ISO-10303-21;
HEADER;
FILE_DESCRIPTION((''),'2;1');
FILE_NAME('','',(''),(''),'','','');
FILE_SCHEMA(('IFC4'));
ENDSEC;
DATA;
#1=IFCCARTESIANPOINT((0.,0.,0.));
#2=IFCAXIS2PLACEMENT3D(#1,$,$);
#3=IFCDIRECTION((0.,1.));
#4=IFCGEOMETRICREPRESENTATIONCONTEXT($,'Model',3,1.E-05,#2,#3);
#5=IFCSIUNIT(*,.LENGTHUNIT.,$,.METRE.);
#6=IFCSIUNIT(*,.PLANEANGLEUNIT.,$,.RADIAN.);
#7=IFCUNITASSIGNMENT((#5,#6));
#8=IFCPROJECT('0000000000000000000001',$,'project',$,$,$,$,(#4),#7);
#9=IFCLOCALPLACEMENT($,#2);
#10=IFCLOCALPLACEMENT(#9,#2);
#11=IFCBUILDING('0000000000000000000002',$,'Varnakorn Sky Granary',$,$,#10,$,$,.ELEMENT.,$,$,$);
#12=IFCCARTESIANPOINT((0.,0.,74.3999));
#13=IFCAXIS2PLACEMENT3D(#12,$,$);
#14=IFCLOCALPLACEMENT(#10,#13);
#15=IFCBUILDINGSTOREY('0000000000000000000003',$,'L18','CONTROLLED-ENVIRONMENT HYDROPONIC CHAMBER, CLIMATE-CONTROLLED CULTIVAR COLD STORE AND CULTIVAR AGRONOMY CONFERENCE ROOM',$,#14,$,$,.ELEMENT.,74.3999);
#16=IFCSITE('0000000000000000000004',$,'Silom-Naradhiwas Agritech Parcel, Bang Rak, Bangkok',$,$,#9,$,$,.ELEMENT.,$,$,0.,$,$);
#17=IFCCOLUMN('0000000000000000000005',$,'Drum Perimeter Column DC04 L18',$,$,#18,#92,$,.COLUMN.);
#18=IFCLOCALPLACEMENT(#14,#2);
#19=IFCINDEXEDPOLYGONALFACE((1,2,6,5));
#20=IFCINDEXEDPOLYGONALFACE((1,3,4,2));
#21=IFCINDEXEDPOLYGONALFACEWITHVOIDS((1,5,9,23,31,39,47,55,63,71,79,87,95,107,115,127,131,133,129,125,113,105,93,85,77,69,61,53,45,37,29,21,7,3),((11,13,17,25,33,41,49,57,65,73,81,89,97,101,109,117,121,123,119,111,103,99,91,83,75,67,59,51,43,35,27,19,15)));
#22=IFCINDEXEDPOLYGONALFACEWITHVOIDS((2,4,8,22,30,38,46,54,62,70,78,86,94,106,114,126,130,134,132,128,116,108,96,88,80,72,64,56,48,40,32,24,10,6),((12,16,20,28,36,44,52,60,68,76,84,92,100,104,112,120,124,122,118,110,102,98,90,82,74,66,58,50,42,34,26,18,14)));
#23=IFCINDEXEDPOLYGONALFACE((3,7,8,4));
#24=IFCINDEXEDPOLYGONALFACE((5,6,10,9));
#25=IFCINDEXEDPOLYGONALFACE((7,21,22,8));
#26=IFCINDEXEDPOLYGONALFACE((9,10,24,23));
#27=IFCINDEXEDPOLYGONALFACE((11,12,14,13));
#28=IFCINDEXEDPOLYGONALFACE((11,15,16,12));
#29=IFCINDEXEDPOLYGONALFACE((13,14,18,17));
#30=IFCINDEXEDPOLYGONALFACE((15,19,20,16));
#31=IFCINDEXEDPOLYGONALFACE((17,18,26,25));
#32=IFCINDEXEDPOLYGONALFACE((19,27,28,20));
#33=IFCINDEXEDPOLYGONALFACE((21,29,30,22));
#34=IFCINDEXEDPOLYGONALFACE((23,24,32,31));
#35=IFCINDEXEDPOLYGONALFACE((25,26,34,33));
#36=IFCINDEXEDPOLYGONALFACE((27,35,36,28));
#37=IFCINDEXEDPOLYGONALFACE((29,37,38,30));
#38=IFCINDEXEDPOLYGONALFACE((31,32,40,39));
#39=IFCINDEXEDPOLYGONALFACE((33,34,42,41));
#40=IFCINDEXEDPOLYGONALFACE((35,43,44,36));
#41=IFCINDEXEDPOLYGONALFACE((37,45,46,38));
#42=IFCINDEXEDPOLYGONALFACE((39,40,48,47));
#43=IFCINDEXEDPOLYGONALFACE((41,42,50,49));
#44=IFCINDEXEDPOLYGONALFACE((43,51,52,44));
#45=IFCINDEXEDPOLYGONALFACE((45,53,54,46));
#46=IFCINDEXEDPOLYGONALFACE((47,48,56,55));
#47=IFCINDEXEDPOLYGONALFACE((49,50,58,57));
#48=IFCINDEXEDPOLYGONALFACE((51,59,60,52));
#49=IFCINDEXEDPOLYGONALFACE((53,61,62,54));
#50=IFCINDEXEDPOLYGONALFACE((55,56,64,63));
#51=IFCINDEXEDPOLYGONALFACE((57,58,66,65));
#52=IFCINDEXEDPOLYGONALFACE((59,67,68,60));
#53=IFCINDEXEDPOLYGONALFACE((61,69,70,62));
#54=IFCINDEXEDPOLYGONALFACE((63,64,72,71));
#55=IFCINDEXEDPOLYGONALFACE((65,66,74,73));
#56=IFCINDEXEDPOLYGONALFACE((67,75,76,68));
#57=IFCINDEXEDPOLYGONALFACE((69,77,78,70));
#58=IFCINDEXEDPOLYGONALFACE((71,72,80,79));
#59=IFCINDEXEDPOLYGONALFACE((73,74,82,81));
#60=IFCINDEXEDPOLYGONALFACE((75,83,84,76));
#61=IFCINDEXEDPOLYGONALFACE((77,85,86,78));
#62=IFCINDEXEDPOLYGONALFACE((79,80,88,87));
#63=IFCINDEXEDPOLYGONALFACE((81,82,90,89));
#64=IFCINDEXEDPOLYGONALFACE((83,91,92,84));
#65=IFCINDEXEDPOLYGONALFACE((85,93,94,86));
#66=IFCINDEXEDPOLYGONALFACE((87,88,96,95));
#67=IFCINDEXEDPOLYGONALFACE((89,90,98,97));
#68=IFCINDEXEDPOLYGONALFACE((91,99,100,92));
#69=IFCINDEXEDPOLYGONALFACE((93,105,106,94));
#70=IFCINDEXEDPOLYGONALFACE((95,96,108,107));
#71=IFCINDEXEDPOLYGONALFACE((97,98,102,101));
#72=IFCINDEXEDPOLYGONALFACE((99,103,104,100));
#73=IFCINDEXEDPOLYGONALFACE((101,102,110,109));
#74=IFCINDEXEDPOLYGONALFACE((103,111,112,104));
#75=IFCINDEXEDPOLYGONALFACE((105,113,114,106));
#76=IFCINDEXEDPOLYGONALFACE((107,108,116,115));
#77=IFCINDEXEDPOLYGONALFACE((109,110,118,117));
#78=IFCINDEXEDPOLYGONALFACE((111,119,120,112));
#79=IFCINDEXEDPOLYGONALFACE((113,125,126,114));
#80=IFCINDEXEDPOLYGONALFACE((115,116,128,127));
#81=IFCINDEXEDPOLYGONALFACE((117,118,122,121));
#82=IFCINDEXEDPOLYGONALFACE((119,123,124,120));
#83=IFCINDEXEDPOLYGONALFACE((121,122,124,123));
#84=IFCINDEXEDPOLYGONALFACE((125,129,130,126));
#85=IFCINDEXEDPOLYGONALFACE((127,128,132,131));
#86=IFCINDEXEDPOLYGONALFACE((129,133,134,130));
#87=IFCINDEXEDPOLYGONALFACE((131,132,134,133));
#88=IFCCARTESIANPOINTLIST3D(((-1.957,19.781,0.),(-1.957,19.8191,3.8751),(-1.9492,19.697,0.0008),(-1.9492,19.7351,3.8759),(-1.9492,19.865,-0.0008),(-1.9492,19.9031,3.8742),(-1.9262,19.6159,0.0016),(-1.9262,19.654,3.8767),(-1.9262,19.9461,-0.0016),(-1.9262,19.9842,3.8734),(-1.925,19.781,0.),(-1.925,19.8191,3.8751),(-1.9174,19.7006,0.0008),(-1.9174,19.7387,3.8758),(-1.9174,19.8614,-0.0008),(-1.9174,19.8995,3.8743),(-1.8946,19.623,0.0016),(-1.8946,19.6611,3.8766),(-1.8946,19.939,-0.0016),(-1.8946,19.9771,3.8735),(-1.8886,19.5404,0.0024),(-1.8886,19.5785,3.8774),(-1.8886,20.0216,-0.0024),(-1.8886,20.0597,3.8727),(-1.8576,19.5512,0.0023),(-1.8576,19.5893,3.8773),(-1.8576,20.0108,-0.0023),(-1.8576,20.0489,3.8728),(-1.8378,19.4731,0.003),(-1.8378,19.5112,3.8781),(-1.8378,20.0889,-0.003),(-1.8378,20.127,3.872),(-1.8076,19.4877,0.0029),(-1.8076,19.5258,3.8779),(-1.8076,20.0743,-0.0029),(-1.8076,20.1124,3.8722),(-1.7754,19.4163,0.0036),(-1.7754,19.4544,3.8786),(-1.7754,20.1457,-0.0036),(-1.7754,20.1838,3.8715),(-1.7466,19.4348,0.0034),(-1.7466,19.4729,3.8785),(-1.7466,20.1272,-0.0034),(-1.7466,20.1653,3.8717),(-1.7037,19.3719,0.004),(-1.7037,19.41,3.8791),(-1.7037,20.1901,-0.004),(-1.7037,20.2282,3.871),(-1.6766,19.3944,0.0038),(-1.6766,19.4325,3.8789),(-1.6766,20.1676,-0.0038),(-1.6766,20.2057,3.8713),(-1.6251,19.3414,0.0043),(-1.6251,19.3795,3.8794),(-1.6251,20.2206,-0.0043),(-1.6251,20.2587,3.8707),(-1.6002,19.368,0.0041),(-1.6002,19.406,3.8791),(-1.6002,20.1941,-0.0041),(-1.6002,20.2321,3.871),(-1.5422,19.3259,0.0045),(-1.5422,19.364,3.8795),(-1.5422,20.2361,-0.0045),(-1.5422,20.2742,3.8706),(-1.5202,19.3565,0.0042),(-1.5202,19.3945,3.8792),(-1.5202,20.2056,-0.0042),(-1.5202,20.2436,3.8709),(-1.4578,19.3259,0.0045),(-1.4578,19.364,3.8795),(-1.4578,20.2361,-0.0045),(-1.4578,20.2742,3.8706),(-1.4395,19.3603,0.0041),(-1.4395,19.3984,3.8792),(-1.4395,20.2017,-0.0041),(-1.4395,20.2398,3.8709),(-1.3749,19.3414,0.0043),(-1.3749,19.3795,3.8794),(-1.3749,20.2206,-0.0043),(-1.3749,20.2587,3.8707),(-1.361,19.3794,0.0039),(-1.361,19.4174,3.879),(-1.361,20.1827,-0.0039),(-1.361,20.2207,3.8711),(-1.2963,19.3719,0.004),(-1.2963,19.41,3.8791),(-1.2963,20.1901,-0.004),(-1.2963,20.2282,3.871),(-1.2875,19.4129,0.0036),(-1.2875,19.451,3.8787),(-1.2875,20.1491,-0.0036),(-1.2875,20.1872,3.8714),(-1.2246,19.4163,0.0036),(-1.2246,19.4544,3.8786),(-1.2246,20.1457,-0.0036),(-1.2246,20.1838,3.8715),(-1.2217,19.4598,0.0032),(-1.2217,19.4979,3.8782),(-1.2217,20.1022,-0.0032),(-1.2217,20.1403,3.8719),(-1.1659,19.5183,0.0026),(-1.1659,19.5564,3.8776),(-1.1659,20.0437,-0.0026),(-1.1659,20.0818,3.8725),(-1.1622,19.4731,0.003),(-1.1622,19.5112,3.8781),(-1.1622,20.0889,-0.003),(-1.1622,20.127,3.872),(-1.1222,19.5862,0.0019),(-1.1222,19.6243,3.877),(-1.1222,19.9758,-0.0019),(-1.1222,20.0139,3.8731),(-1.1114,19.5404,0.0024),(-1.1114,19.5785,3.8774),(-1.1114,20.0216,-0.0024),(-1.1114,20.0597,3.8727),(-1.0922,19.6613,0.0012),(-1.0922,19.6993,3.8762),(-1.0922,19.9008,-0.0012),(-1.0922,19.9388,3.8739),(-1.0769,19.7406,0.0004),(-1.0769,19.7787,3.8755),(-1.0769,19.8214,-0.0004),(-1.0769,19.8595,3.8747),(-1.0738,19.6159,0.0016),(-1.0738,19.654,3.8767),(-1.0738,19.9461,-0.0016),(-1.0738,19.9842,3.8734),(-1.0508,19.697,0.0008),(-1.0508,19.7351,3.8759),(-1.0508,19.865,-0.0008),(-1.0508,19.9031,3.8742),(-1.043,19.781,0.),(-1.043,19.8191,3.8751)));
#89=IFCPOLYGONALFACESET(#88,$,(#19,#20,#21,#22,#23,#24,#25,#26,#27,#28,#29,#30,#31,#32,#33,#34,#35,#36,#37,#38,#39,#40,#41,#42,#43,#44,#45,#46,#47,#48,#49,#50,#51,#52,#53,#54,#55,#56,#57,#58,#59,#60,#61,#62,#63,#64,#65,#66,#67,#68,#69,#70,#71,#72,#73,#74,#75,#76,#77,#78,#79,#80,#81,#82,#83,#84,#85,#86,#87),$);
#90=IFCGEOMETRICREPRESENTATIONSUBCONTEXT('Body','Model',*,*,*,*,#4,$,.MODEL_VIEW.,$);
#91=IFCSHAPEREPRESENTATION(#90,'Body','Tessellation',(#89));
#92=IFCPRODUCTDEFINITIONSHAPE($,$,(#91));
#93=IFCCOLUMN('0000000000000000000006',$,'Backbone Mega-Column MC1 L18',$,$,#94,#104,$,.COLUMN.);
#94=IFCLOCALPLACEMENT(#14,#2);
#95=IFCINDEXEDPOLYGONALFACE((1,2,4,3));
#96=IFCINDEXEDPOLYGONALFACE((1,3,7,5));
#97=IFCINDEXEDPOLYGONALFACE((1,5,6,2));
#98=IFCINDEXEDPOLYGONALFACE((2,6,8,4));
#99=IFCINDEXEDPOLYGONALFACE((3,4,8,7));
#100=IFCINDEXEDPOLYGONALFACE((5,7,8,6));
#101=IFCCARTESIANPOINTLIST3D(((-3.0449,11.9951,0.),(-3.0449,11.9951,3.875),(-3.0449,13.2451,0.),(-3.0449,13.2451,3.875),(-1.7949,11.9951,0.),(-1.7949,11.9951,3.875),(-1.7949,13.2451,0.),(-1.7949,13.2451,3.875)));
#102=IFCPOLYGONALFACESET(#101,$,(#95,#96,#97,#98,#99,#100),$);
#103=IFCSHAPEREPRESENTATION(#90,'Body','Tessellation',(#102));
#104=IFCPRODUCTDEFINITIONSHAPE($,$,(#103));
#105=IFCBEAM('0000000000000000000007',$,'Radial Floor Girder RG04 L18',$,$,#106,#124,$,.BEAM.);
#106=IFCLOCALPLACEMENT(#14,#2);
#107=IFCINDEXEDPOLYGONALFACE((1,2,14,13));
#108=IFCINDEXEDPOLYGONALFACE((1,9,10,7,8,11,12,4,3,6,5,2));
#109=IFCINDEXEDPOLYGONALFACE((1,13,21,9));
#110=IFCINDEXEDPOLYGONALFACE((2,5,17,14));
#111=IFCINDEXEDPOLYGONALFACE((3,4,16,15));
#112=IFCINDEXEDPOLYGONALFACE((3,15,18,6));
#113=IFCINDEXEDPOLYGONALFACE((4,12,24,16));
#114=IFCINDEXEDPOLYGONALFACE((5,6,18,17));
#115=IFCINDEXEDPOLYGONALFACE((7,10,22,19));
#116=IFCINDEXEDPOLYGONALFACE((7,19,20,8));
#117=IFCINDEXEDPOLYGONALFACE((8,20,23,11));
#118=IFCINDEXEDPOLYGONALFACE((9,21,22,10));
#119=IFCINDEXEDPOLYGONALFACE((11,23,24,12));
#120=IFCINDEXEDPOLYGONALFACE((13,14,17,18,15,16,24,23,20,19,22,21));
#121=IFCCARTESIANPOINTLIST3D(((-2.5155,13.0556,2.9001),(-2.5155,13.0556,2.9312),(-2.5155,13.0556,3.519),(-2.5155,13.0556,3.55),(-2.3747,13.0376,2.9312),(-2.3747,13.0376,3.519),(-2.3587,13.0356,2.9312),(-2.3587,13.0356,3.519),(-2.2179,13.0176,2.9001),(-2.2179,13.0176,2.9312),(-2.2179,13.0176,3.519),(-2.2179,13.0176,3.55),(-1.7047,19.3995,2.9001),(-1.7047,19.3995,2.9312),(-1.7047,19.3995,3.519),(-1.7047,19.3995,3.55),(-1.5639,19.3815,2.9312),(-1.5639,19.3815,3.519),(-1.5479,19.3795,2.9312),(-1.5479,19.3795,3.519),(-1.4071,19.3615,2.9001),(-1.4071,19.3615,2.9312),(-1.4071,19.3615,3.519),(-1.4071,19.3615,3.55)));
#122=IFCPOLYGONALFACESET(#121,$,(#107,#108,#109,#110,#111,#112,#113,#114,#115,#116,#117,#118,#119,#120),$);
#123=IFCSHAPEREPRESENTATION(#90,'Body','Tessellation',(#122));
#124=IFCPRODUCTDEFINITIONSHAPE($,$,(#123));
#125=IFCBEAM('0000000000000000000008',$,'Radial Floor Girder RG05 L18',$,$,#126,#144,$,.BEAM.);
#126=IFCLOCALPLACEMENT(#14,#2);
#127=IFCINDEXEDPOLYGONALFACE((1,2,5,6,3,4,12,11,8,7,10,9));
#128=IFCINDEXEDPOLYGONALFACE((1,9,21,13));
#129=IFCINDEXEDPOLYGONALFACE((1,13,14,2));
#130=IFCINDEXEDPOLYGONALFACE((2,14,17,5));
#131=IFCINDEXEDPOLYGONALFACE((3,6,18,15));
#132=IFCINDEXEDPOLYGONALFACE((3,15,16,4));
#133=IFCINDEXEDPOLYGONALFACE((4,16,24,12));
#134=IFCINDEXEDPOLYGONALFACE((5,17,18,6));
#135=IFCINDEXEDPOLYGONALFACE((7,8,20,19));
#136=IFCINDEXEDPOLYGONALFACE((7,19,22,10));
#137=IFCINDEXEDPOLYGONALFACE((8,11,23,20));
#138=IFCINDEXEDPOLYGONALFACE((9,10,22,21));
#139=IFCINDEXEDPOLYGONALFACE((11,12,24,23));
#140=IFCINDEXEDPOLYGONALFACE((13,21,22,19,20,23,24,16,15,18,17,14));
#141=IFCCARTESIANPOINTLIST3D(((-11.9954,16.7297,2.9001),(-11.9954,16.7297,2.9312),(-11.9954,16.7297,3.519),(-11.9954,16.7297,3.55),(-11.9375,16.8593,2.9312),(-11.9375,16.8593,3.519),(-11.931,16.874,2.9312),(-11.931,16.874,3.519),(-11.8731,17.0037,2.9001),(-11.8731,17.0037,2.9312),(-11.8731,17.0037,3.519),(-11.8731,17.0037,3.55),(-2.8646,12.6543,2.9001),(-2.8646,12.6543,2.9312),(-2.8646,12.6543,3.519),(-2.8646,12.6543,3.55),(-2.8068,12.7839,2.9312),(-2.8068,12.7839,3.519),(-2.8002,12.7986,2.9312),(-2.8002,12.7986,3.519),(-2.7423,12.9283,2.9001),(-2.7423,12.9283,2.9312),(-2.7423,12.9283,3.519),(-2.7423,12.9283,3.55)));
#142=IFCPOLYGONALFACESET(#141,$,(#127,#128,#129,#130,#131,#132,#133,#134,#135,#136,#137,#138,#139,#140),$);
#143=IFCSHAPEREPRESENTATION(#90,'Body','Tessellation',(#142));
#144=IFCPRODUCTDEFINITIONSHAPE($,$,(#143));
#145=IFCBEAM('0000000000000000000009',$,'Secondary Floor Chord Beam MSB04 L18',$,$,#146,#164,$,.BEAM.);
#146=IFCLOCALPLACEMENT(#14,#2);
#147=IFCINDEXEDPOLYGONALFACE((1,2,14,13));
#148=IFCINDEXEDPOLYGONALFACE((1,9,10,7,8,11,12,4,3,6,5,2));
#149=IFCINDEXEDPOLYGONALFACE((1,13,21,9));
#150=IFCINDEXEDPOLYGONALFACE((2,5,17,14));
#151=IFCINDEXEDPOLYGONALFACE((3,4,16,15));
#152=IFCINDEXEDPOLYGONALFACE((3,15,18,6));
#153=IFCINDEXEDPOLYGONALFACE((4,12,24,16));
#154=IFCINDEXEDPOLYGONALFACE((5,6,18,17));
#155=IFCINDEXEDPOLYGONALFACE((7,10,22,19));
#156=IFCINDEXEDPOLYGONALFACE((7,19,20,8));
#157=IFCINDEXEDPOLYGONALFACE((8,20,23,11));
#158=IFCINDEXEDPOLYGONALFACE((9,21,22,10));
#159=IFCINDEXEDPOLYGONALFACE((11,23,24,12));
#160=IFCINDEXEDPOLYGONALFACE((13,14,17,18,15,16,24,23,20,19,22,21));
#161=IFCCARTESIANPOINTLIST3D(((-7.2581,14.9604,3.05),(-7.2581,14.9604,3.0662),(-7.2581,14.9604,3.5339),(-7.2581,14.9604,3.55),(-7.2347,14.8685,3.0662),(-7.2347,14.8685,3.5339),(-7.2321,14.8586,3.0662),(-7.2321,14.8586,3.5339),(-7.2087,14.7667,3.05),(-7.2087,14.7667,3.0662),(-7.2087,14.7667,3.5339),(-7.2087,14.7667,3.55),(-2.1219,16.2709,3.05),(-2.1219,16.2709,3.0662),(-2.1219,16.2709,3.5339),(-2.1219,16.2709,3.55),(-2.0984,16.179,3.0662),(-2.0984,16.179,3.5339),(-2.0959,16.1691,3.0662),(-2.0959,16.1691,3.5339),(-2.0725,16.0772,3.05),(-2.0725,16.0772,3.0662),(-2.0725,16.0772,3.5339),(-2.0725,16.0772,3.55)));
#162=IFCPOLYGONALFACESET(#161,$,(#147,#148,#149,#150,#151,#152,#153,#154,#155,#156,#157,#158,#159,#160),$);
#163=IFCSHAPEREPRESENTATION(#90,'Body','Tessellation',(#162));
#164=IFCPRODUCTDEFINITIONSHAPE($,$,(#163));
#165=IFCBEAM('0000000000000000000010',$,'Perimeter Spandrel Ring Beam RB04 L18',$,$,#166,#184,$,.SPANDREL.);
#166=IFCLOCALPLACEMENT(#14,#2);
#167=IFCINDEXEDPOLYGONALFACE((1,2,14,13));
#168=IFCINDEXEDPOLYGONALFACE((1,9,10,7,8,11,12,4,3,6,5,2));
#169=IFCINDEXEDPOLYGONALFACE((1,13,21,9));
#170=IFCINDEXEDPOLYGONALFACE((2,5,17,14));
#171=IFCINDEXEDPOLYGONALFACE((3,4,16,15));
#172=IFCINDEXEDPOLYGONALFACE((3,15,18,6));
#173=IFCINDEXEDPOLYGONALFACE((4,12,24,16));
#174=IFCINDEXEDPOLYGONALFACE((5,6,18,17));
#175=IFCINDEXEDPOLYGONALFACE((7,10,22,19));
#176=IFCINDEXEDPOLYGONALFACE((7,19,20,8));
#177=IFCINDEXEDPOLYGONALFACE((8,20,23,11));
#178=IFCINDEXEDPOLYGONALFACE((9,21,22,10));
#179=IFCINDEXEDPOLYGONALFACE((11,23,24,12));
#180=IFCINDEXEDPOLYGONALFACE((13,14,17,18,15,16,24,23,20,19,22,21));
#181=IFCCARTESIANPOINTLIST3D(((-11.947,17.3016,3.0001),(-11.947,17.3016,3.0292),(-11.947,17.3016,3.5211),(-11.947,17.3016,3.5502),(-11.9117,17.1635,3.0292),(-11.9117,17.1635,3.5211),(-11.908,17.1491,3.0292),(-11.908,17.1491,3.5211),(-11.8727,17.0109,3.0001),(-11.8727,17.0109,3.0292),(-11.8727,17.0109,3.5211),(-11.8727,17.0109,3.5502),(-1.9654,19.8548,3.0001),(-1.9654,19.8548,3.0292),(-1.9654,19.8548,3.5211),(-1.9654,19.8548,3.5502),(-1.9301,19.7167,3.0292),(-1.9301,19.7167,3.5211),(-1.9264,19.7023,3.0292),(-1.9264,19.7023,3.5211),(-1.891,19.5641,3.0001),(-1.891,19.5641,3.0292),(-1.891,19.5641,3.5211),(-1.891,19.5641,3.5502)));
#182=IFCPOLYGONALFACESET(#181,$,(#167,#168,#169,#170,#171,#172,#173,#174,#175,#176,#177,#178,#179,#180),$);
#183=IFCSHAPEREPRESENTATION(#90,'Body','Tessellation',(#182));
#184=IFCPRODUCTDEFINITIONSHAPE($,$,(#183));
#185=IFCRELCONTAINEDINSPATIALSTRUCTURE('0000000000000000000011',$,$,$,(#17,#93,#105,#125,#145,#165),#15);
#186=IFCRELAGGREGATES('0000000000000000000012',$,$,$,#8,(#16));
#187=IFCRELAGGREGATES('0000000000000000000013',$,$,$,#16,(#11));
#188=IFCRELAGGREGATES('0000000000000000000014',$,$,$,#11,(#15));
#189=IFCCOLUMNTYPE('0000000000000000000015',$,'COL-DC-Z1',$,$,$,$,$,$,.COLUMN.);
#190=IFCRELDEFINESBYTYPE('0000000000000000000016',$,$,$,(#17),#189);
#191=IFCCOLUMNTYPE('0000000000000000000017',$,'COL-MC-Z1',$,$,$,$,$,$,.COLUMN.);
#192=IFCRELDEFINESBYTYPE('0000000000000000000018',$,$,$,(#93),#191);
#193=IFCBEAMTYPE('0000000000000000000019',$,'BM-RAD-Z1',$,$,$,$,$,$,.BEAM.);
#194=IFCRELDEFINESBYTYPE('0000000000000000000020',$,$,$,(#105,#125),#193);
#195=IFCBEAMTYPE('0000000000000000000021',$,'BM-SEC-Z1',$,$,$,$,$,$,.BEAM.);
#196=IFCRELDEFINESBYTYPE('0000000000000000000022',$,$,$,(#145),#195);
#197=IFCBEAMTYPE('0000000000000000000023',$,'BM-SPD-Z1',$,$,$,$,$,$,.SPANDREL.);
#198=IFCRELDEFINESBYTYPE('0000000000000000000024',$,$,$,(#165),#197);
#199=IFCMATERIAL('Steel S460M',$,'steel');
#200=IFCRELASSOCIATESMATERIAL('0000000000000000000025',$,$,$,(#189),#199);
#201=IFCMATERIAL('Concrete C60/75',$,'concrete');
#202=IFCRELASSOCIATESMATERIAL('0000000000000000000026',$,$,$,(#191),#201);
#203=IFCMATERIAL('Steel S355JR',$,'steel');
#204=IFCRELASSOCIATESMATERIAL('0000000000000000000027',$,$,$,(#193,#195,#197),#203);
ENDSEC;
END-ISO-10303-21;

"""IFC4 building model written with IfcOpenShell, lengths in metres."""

from ifc_helpers import new_model, si_unit, direction, frame, origin, origin_2d, place, context, subcontext, project, spatial, rectangle, hollow_circle, i_section, extrude, material, material_profile, profile_set, type_object, element, save


model = new_model("IFC4")

# Units and contexts
model_context = context("Model", 3, precision=1e-05, world=origin(), true_north=direction((0.0, 1.0)))
body_context = subcontext(model_context, "Body", "Model", "MODEL_VIEW")
ifc_project = project(units=[si_unit("LENGTHUNIT", "METRE"), si_unit("PLANEANGLEUNIT", "RADIAN")], contexts=[model_context])

# Site, building, storey
site_placement = place(None, origin())
site = spatial("IfcSite", under=ifc_project, at=site_placement, Name="Silom-Naradhiwas Agritech Parcel, Bang Rak, Bangkok", CompositionType="ELEMENT", RefElevation=0.0)
building_placement = place(site_placement, origin())
building = spatial("IfcBuilding", under=site, at=building_placement, Name="Varnakorn Sky Granary", CompositionType="ELEMENT")
storey_placement = place(building_placement, frame((0.0, 0.0, 74.3999)))
storey = spatial("IfcBuildingStorey", under=building, at=storey_placement, Name="L18", Description="CONTROLLED-ENVIRONMENT HYDROPONIC CHAMBER, CLIMATE-CONTROLLED CULTIVAR COLD STORE AND CULTIVAR AGRONOMY CONFERENCE ROOM", CompositionType="ELEMENT", Elevation=74.3999)

# Columns
ifc_material_1 = material(Name="Steel S460M", Category="steel")
ifc_material_profile_1 = material_profile(ifc_material_1, hollow_circle(Radius=0.457, WallThickness=0.032, at=origin_2d()), Name="CHS 914x32")
ifc_profile_set_1 = profile_set([ifc_material_profile_1], Name="Steel S460M")
column_type_1 = type_object("IfcColumnType", Name="COL-DC-Z1", PredefinedType="COLUMN", material=ifc_profile_set_1)
column_1_placement = place(storey_placement, frame((-1.5, 19.781, 0.0), z_axis=(0.0, 0.009828, 0.999952), x_axis=(-1.0, 0.0, 0.0)))
element("IfcColumn", 1, at=column_1_placement, inside=storey, type_object=column_type_1, Name="Drum Perimeter Column DC04 L18", PredefinedType="COLUMN", context=body_context, shape_type="SweptSolid", body=[
    extrude(hollow_circle(Radius=0.457, WallThickness=0.032, at=origin_2d()), origin(), (0.0, 0.0, 1.0), 3.8752),
])
ifc_material_2 = material(Name="Concrete C60/75", Category="concrete")
ifc_material_profile_2 = material_profile(ifc_material_2, rectangle(XDim=1.25, YDim=1.25, at=origin_2d()), Name="RC 1250x1250")
ifc_profile_set_2 = profile_set([ifc_material_profile_2], Name="Concrete C60/75")
column_type_2 = type_object("IfcColumnType", Name="COL-MC-Z1", PredefinedType="COLUMN", material=ifc_profile_set_2)
column_2_placement = place(storey_placement, frame((-2.4199, 12.6201, 0.0), z_axis=(0.0, 0.0, 1.0), x_axis=(1.0, 0.0, 0.0)))
element("IfcColumn", 2, at=column_2_placement, inside=storey, type_object=column_type_2, Name="Backbone Mega-Column MC1 L18", PredefinedType="COLUMN", context=body_context, shape_type="SweptSolid", body=[
    extrude(rectangle(XDim=1.25, YDim=1.25, at=origin_2d()), origin(), (0.0, 0.0, 1.0), 3.875),
])

# Beams
ifc_material_3 = material(Name="Steel S355JR", Category="steel")
ifc_material_profile_3 = material_profile(ifc_material_3, i_section(OverallWidth=0.3, OverallDepth=0.6499, WebThickness=0.0161, FlangeThickness=0.031, at=origin_2d()), Name="HE 650 B")
ifc_profile_set_3 = profile_set([ifc_material_profile_3], Name="Steel S355JR")
beam_type_1 = type_object("IfcBeamType", Name="BM-RAD-Z1", PredefinedType="BEAM", material=ifc_profile_set_3)
beam_1_placement = place(storey_placement, frame((-2.3667, 13.0366, 3.2251), z_axis=(0.126773, 0.991932, 0.0), x_axis=(-0.991932, 0.126773, 0.0)))
element("IfcBeam", 3, at=beam_1_placement, inside=storey, type_object=beam_type_1, Name="Radial Floor Girder RG04 L18", PredefinedType="BEAM", context=body_context, shape_type="SweptSolid", body=[
    extrude(i_section(OverallWidth=0.3, OverallDepth=0.6499, WebThickness=0.0161, FlangeThickness=0.031, at=origin_2d()), origin(), (0.0, 0.0, 1.0), 6.3955),
])
beam_2_placement = place(storey_placement, frame((-2.8035, 12.7913, 3.2251), z_axis=(-0.913169, 0.407581, 0.0), x_axis=(-0.407581, -0.913169, 0.0)))
element("IfcBeam", 4, at=beam_2_placement, inside=storey, type_object=beam_type_1, Name="Radial Floor Girder RG05 L18", PredefinedType="BEAM", context=body_context, shape_type="SweptSolid", body=[
    extrude(i_section(OverallWidth=0.3, OverallDepth=0.6499, WebThickness=0.0161, FlangeThickness=0.031, at=origin_2d()), origin(), (0.0, 0.0, 1.0), 9.999),
])
ifc_material_profile_4 = material_profile(ifc_material_3, i_section(OverallWidth=0.2, OverallDepth=0.5, WebThickness=0.0103, FlangeThickness=0.0161, at=origin_2d()), Name="IPE 500")
ifc_profile_set_4 = profile_set([ifc_material_profile_4], Name="Steel S355JR")
beam_type_2 = type_object("IfcBeamType", Name="BM-SEC-Z1", PredefinedType="BEAM", material=ifc_profile_set_4)
beam_3_placement = place(storey_placement, frame((-2.0972, 16.1741, 3.3), z_axis=(-0.968955, -0.247236, 0.0), x_axis=(0.247236, -0.968955, 0.0)))
element("IfcBeam", 5, at=beam_3_placement, inside=storey, type_object=beam_type_2, Name="Secondary Floor Chord Beam MSB04 L18", PredefinedType="BEAM", context=body_context, shape_type="SweptSolid", body=[
    extrude(i_section(OverallWidth=0.2, OverallDepth=0.5, WebThickness=0.0103, FlangeThickness=0.0161, at=origin_2d()), origin(), (0.0, 0.0, 1.0), 5.3008),
])
ifc_material_profile_5 = material_profile(ifc_material_3, i_section(OverallWidth=0.3, OverallDepth=0.55, WebThickness=0.0149, FlangeThickness=0.0291, at=origin_2d()), Name="HE 550 B")
ifc_profile_set_5 = profile_set([ifc_material_profile_5], Name="Steel S355JR")
beam_type_3 = type_object("IfcBeamType", Name="BM-SPD-Z1", PredefinedType="SPANDREL", material=ifc_profile_set_5)
beam_4_placement = place(storey_placement, frame((-1.9282, 19.7095, 3.2751), z_axis=(-0.968808, -0.247812, 0.0), x_axis=(0.247812, -0.968808, 0.0)))
element("IfcBeam", 6, at=beam_4_placement, inside=storey, type_object=beam_type_3, Name="Perimeter Spandrel Ring Beam RB04 L18", PredefinedType="SPANDREL", context=body_context, shape_type="SweptSolid", body=[
    extrude(i_section(OverallWidth=0.3, OverallDepth=0.55, WebThickness=0.0149, FlangeThickness=0.0291, at=origin_2d()), origin(), (0.0, 0.0, 1.0), 10.303),
])

save(model, "model.ifc")
